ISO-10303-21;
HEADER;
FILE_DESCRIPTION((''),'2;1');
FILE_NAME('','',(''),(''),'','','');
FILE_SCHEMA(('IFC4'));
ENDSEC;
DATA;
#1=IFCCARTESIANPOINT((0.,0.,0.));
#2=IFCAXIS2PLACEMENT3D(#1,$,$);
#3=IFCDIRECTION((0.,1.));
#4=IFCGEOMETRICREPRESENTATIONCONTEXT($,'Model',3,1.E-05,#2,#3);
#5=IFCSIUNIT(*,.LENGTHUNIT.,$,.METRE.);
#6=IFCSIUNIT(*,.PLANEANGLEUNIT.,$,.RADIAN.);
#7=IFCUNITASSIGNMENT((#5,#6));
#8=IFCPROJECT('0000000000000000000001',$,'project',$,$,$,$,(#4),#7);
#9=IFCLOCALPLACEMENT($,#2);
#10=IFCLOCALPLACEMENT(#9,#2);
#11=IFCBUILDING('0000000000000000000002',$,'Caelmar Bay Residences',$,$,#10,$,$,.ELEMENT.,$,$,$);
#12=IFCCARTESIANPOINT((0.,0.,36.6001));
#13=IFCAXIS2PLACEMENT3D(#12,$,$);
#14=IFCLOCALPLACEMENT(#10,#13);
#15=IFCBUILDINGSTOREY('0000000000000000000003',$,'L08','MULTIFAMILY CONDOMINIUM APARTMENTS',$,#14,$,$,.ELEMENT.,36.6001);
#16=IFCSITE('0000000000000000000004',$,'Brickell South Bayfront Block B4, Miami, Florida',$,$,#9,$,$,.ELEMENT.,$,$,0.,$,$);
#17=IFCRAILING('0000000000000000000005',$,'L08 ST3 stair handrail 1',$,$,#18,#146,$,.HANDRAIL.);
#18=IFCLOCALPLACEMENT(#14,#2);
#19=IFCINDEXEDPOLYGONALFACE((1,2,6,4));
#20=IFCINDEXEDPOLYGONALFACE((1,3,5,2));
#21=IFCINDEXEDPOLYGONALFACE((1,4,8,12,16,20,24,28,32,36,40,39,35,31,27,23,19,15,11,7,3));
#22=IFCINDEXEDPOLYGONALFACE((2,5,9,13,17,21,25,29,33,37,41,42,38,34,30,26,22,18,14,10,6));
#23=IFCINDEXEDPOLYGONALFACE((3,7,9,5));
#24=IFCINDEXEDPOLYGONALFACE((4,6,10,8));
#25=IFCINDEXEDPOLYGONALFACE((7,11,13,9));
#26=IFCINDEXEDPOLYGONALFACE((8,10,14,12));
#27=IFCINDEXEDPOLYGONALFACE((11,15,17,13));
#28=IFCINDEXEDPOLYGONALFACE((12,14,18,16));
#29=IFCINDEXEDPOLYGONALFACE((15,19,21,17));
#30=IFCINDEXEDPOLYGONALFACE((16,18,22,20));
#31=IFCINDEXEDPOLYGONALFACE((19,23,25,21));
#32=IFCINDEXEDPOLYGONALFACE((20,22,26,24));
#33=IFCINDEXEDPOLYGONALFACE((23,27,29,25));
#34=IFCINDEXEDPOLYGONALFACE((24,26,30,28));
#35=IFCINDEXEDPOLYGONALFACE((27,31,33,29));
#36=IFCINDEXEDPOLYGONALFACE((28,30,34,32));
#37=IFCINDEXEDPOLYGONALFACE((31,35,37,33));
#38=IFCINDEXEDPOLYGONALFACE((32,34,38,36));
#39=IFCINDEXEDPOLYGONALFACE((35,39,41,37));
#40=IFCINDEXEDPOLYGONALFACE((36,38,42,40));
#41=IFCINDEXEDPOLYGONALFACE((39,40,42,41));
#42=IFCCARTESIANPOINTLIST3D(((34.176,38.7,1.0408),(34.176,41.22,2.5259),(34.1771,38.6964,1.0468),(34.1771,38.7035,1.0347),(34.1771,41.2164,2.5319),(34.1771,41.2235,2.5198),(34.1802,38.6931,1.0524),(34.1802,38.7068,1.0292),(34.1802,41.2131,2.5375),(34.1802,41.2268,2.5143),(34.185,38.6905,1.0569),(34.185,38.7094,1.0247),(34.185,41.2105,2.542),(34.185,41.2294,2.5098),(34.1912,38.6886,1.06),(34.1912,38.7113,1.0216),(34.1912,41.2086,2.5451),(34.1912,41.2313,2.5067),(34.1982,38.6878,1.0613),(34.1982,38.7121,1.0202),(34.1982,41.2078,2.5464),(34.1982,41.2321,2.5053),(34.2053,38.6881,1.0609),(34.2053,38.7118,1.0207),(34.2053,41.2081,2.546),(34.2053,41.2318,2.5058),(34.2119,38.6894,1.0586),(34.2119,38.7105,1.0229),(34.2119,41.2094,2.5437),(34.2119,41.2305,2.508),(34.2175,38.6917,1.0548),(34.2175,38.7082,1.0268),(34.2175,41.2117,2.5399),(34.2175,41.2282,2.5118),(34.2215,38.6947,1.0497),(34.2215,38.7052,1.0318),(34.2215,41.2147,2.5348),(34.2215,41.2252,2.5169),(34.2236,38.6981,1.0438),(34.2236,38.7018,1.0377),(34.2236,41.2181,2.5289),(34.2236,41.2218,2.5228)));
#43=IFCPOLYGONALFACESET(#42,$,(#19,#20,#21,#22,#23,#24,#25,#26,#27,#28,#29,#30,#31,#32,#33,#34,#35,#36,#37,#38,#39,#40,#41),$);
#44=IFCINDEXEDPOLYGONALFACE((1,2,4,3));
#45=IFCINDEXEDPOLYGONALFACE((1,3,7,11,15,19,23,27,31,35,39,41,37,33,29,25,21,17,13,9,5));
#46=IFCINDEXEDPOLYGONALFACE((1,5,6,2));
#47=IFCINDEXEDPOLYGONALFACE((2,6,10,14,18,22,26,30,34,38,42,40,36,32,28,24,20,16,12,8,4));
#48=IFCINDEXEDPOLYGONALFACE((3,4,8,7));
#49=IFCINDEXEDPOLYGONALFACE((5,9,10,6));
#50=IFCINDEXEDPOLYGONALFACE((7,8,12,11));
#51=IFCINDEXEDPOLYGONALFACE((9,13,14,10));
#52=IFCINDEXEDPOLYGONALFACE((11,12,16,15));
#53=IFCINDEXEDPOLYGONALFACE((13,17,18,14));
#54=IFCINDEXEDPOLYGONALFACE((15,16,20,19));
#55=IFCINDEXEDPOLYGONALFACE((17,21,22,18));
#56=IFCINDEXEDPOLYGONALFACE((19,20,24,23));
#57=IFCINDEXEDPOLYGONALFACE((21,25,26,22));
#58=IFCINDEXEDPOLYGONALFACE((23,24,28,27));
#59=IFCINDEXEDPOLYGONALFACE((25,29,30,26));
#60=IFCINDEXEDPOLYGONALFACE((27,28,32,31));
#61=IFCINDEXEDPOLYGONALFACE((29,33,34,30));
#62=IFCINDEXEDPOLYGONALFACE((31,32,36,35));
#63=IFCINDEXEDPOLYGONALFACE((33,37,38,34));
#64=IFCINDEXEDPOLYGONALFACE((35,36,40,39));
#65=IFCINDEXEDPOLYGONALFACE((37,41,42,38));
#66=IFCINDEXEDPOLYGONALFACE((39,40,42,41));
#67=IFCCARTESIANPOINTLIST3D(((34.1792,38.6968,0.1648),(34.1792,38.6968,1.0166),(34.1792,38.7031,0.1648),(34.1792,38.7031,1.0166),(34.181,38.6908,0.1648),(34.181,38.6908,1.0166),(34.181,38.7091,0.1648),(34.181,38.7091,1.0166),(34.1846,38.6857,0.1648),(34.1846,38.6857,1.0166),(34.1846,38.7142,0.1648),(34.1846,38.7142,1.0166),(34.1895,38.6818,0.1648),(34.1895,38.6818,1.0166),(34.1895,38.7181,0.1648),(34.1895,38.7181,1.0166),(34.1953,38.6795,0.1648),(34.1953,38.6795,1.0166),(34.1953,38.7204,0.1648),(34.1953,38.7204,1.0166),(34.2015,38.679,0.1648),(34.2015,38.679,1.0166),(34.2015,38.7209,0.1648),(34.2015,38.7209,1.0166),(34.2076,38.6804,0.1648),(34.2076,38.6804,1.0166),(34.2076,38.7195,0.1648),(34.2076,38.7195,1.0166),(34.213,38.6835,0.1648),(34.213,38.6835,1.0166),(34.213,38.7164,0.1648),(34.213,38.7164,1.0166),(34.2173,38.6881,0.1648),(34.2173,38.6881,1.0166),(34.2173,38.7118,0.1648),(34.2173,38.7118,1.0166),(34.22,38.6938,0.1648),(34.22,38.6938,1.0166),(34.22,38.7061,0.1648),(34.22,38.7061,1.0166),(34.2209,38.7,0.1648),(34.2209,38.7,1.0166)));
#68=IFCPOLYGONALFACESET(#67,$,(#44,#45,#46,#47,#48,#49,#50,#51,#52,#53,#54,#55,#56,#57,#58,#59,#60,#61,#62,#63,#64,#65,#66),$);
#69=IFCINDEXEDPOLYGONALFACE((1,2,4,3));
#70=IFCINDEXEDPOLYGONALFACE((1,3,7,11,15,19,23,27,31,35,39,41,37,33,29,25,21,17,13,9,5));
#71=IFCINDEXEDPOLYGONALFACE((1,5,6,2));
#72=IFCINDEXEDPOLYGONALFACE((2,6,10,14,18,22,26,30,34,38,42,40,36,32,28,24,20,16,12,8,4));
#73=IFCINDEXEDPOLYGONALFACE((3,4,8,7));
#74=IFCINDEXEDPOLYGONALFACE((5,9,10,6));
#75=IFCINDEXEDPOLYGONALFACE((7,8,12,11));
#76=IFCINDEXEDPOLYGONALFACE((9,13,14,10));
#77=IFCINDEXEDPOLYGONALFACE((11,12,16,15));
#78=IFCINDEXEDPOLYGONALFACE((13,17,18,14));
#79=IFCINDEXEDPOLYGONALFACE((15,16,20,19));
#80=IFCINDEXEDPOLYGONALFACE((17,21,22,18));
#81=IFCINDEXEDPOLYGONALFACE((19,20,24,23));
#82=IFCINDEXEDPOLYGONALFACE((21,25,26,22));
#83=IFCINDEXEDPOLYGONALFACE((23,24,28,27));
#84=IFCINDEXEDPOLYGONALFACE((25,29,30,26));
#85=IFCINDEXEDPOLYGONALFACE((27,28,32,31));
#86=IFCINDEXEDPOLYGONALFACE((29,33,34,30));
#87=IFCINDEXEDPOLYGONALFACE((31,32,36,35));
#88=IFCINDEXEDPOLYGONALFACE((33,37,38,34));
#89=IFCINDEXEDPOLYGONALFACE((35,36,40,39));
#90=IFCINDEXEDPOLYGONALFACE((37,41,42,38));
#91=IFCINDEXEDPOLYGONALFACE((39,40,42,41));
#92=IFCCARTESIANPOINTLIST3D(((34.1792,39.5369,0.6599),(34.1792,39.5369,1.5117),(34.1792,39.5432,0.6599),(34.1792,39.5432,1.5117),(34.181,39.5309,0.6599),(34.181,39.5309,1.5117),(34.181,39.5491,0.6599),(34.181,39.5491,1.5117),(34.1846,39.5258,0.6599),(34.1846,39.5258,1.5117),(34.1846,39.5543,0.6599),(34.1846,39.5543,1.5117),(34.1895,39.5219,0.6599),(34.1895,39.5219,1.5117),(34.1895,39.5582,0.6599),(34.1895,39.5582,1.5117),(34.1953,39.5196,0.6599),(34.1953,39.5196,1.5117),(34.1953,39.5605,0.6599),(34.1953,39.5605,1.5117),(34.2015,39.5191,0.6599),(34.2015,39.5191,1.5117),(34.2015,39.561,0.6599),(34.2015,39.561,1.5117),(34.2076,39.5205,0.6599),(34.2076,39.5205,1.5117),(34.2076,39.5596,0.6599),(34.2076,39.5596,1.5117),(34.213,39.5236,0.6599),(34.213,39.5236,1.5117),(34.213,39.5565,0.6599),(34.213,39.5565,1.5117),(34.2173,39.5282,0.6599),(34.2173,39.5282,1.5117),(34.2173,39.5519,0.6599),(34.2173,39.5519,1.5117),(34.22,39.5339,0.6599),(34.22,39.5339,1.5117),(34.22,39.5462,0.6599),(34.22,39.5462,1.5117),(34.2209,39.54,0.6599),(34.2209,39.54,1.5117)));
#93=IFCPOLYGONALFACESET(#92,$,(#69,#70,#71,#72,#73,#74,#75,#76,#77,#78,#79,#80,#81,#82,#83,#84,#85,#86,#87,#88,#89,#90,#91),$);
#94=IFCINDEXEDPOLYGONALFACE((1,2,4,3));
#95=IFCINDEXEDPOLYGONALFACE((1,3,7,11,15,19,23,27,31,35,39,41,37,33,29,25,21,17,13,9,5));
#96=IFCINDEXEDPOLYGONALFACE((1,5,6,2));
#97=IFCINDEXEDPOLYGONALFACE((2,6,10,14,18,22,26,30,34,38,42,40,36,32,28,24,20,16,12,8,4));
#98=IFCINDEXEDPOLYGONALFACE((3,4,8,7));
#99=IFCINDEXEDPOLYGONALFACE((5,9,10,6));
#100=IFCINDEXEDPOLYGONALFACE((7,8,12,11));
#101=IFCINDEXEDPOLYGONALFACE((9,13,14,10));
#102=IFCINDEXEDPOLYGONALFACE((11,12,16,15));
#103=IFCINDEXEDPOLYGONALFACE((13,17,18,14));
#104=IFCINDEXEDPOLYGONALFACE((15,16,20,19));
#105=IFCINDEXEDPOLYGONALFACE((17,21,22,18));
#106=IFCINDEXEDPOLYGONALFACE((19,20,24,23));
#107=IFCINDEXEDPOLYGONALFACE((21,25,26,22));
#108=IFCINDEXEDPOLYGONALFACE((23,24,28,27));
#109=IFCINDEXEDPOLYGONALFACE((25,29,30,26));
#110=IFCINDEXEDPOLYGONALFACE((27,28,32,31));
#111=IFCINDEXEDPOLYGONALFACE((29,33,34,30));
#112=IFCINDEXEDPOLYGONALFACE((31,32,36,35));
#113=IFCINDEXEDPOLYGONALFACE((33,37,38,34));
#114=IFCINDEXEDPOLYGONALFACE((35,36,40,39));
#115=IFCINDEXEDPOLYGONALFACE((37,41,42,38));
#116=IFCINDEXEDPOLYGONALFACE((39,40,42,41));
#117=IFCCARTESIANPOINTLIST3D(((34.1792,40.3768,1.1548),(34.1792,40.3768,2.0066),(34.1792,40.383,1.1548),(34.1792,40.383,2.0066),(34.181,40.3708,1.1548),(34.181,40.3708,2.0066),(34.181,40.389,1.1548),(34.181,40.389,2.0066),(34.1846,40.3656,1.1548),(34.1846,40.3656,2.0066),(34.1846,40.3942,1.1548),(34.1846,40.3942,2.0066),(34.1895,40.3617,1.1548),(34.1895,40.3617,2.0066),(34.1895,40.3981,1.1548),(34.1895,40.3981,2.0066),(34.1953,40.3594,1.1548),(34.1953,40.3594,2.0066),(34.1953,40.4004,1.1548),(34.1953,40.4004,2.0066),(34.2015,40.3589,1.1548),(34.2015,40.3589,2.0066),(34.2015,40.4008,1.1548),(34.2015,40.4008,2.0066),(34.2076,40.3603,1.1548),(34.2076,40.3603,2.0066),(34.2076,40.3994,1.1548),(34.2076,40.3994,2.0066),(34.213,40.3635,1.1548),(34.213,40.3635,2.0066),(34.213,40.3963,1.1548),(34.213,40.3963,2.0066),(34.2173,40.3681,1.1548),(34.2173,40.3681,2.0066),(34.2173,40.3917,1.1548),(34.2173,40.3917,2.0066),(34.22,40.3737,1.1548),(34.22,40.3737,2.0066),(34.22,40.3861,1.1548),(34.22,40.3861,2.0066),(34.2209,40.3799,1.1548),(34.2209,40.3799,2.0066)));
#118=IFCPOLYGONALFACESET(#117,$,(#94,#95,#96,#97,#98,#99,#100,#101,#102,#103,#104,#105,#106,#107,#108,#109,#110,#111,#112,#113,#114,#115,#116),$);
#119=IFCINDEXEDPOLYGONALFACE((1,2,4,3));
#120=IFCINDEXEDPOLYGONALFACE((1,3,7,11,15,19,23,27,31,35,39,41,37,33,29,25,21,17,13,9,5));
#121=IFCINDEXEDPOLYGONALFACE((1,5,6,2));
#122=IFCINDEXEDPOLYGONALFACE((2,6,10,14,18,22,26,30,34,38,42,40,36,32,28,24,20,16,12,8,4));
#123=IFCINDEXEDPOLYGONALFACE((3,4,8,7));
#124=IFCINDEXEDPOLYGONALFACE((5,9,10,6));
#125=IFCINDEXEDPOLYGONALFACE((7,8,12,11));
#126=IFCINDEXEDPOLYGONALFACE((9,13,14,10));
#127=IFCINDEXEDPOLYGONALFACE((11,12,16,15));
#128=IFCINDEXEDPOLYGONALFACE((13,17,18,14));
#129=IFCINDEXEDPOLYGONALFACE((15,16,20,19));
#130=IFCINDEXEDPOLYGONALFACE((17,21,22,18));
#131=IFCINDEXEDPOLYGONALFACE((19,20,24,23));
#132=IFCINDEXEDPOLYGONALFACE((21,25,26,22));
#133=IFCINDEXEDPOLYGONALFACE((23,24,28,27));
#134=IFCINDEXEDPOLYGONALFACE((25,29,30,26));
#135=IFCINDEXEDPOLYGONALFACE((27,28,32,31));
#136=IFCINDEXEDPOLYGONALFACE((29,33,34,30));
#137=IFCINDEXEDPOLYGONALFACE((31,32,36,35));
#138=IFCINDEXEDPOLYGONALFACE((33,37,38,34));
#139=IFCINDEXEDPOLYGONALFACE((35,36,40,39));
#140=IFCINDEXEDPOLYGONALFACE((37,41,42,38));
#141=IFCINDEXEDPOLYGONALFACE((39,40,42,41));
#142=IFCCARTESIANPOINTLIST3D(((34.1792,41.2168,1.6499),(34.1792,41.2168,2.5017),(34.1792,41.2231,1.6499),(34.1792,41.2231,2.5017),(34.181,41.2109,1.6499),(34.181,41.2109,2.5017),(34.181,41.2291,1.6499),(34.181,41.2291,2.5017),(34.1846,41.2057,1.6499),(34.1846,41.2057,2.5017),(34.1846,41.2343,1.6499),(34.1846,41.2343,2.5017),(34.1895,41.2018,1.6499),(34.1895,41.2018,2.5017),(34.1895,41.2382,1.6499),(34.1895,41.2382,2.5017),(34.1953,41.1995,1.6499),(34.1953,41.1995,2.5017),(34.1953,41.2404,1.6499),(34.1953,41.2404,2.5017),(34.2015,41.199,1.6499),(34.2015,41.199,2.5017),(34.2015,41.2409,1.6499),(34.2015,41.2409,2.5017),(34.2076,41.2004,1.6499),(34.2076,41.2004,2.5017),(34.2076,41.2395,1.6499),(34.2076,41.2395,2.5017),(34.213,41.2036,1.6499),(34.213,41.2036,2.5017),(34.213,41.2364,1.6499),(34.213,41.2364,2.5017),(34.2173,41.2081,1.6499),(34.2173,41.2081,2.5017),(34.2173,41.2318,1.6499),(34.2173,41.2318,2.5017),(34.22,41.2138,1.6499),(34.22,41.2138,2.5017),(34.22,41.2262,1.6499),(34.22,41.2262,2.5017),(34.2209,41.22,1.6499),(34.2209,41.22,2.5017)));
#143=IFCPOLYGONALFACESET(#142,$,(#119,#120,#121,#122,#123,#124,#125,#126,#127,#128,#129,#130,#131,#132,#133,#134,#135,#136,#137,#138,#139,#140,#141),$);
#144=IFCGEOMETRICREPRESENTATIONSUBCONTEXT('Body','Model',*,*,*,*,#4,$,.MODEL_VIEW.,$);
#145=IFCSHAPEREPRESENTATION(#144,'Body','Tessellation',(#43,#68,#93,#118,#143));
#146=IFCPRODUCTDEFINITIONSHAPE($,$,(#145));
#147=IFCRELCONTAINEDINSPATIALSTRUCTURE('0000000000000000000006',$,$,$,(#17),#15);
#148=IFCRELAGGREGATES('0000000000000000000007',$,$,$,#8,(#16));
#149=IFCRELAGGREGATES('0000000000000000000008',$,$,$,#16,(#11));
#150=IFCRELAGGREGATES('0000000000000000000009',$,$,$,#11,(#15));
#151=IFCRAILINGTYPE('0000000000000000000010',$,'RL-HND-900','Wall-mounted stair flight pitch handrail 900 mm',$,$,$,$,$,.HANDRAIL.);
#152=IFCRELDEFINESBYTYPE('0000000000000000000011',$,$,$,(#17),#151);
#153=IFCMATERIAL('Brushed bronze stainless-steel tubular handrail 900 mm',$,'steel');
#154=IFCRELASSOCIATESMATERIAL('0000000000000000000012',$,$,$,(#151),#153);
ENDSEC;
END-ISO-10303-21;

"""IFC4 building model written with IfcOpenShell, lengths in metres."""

from ifc_helpers import new_model, si_unit, direction, frame, origin, origin_2d, place, context, subcontext, project, spatial, circle, extrude, material, type_object, element, save


model = new_model("IFC4")

# Units and contexts
model_context = context("Model", 3, precision=1e-05, world=origin(), true_north=direction((0.0, 1.0)))
body_context = subcontext(model_context, "Body", "Model", "MODEL_VIEW")
ifc_project = project(units=[si_unit("LENGTHUNIT", "METRE"), si_unit("PLANEANGLEUNIT", "RADIAN")], contexts=[model_context])

# Site, building, storey
site_placement = place(None, origin())
site = spatial("IfcSite", under=ifc_project, at=site_placement, Name="Brickell South Bayfront Block B4, Miami, Florida", CompositionType="ELEMENT", RefElevation=0.0)
building_placement = place(site_placement, origin())
building = spatial("IfcBuilding", under=site, at=building_placement, Name="Caelmar Bay Residences", CompositionType="ELEMENT")
storey_placement = place(building_placement, frame((0.0, 0.0, 36.6001)))
storey = spatial("IfcBuildingStorey", under=building, at=storey_placement, Name="L08", Description="MULTIFAMILY CONDOMINIUM APARTMENTS", CompositionType="ELEMENT", Elevation=36.6001)

# Railing
ifc_material_1 = material(Name="Brushed bronze stainless-steel tubular handrail 900 mm", Category="steel")
railing_type_1 = type_object("IfcRailingType", Name="RL-HND-900", Description="Wall-mounted stair flight pitch handrail 900 mm", PredefinedType="HANDRAIL", material=ifc_material_1)
railing_1_placement = place(storey_placement, frame((34.2, 38.7, 0.1648)))
element("IfcRailing", 1, at=railing_1_placement, inside=storey, type_object=railing_type_1, Name="L08 ST3 stair handrail 1", PredefinedType="HANDRAIL", context=body_context, shape_type="SweptSolid", body=[
    extrude(circle(Radius=0.0239, at=origin_2d()), frame((0.0, 0.0, 0.876), z_axis=(0.0, 0.861524, 0.507717), x_axis=(-1.0, 0.0, 0.0)), (0.0, 0.0, 1.0), 2.925),
    extrude(circle(Radius=0.021, at=origin_2d()), origin(), (0.0, 0.0, 1.0), 0.8518),
    extrude(circle(Radius=0.021, at=origin_2d()), frame((0.0, 0.8401, 0.4951)), (0.0, 0.0, 1.0), 0.8518),
    extrude(circle(Radius=0.021, at=origin_2d()), frame((0.0, 1.6799, 0.99)), (0.0, 0.0, 1.0), 0.8518),
    extrude(circle(Radius=0.021, at=origin_2d()), frame((0.0, 2.52, 1.4851)), (0.0, 0.0, 1.0), 0.8518),
])

save(model, "model.ifc")
